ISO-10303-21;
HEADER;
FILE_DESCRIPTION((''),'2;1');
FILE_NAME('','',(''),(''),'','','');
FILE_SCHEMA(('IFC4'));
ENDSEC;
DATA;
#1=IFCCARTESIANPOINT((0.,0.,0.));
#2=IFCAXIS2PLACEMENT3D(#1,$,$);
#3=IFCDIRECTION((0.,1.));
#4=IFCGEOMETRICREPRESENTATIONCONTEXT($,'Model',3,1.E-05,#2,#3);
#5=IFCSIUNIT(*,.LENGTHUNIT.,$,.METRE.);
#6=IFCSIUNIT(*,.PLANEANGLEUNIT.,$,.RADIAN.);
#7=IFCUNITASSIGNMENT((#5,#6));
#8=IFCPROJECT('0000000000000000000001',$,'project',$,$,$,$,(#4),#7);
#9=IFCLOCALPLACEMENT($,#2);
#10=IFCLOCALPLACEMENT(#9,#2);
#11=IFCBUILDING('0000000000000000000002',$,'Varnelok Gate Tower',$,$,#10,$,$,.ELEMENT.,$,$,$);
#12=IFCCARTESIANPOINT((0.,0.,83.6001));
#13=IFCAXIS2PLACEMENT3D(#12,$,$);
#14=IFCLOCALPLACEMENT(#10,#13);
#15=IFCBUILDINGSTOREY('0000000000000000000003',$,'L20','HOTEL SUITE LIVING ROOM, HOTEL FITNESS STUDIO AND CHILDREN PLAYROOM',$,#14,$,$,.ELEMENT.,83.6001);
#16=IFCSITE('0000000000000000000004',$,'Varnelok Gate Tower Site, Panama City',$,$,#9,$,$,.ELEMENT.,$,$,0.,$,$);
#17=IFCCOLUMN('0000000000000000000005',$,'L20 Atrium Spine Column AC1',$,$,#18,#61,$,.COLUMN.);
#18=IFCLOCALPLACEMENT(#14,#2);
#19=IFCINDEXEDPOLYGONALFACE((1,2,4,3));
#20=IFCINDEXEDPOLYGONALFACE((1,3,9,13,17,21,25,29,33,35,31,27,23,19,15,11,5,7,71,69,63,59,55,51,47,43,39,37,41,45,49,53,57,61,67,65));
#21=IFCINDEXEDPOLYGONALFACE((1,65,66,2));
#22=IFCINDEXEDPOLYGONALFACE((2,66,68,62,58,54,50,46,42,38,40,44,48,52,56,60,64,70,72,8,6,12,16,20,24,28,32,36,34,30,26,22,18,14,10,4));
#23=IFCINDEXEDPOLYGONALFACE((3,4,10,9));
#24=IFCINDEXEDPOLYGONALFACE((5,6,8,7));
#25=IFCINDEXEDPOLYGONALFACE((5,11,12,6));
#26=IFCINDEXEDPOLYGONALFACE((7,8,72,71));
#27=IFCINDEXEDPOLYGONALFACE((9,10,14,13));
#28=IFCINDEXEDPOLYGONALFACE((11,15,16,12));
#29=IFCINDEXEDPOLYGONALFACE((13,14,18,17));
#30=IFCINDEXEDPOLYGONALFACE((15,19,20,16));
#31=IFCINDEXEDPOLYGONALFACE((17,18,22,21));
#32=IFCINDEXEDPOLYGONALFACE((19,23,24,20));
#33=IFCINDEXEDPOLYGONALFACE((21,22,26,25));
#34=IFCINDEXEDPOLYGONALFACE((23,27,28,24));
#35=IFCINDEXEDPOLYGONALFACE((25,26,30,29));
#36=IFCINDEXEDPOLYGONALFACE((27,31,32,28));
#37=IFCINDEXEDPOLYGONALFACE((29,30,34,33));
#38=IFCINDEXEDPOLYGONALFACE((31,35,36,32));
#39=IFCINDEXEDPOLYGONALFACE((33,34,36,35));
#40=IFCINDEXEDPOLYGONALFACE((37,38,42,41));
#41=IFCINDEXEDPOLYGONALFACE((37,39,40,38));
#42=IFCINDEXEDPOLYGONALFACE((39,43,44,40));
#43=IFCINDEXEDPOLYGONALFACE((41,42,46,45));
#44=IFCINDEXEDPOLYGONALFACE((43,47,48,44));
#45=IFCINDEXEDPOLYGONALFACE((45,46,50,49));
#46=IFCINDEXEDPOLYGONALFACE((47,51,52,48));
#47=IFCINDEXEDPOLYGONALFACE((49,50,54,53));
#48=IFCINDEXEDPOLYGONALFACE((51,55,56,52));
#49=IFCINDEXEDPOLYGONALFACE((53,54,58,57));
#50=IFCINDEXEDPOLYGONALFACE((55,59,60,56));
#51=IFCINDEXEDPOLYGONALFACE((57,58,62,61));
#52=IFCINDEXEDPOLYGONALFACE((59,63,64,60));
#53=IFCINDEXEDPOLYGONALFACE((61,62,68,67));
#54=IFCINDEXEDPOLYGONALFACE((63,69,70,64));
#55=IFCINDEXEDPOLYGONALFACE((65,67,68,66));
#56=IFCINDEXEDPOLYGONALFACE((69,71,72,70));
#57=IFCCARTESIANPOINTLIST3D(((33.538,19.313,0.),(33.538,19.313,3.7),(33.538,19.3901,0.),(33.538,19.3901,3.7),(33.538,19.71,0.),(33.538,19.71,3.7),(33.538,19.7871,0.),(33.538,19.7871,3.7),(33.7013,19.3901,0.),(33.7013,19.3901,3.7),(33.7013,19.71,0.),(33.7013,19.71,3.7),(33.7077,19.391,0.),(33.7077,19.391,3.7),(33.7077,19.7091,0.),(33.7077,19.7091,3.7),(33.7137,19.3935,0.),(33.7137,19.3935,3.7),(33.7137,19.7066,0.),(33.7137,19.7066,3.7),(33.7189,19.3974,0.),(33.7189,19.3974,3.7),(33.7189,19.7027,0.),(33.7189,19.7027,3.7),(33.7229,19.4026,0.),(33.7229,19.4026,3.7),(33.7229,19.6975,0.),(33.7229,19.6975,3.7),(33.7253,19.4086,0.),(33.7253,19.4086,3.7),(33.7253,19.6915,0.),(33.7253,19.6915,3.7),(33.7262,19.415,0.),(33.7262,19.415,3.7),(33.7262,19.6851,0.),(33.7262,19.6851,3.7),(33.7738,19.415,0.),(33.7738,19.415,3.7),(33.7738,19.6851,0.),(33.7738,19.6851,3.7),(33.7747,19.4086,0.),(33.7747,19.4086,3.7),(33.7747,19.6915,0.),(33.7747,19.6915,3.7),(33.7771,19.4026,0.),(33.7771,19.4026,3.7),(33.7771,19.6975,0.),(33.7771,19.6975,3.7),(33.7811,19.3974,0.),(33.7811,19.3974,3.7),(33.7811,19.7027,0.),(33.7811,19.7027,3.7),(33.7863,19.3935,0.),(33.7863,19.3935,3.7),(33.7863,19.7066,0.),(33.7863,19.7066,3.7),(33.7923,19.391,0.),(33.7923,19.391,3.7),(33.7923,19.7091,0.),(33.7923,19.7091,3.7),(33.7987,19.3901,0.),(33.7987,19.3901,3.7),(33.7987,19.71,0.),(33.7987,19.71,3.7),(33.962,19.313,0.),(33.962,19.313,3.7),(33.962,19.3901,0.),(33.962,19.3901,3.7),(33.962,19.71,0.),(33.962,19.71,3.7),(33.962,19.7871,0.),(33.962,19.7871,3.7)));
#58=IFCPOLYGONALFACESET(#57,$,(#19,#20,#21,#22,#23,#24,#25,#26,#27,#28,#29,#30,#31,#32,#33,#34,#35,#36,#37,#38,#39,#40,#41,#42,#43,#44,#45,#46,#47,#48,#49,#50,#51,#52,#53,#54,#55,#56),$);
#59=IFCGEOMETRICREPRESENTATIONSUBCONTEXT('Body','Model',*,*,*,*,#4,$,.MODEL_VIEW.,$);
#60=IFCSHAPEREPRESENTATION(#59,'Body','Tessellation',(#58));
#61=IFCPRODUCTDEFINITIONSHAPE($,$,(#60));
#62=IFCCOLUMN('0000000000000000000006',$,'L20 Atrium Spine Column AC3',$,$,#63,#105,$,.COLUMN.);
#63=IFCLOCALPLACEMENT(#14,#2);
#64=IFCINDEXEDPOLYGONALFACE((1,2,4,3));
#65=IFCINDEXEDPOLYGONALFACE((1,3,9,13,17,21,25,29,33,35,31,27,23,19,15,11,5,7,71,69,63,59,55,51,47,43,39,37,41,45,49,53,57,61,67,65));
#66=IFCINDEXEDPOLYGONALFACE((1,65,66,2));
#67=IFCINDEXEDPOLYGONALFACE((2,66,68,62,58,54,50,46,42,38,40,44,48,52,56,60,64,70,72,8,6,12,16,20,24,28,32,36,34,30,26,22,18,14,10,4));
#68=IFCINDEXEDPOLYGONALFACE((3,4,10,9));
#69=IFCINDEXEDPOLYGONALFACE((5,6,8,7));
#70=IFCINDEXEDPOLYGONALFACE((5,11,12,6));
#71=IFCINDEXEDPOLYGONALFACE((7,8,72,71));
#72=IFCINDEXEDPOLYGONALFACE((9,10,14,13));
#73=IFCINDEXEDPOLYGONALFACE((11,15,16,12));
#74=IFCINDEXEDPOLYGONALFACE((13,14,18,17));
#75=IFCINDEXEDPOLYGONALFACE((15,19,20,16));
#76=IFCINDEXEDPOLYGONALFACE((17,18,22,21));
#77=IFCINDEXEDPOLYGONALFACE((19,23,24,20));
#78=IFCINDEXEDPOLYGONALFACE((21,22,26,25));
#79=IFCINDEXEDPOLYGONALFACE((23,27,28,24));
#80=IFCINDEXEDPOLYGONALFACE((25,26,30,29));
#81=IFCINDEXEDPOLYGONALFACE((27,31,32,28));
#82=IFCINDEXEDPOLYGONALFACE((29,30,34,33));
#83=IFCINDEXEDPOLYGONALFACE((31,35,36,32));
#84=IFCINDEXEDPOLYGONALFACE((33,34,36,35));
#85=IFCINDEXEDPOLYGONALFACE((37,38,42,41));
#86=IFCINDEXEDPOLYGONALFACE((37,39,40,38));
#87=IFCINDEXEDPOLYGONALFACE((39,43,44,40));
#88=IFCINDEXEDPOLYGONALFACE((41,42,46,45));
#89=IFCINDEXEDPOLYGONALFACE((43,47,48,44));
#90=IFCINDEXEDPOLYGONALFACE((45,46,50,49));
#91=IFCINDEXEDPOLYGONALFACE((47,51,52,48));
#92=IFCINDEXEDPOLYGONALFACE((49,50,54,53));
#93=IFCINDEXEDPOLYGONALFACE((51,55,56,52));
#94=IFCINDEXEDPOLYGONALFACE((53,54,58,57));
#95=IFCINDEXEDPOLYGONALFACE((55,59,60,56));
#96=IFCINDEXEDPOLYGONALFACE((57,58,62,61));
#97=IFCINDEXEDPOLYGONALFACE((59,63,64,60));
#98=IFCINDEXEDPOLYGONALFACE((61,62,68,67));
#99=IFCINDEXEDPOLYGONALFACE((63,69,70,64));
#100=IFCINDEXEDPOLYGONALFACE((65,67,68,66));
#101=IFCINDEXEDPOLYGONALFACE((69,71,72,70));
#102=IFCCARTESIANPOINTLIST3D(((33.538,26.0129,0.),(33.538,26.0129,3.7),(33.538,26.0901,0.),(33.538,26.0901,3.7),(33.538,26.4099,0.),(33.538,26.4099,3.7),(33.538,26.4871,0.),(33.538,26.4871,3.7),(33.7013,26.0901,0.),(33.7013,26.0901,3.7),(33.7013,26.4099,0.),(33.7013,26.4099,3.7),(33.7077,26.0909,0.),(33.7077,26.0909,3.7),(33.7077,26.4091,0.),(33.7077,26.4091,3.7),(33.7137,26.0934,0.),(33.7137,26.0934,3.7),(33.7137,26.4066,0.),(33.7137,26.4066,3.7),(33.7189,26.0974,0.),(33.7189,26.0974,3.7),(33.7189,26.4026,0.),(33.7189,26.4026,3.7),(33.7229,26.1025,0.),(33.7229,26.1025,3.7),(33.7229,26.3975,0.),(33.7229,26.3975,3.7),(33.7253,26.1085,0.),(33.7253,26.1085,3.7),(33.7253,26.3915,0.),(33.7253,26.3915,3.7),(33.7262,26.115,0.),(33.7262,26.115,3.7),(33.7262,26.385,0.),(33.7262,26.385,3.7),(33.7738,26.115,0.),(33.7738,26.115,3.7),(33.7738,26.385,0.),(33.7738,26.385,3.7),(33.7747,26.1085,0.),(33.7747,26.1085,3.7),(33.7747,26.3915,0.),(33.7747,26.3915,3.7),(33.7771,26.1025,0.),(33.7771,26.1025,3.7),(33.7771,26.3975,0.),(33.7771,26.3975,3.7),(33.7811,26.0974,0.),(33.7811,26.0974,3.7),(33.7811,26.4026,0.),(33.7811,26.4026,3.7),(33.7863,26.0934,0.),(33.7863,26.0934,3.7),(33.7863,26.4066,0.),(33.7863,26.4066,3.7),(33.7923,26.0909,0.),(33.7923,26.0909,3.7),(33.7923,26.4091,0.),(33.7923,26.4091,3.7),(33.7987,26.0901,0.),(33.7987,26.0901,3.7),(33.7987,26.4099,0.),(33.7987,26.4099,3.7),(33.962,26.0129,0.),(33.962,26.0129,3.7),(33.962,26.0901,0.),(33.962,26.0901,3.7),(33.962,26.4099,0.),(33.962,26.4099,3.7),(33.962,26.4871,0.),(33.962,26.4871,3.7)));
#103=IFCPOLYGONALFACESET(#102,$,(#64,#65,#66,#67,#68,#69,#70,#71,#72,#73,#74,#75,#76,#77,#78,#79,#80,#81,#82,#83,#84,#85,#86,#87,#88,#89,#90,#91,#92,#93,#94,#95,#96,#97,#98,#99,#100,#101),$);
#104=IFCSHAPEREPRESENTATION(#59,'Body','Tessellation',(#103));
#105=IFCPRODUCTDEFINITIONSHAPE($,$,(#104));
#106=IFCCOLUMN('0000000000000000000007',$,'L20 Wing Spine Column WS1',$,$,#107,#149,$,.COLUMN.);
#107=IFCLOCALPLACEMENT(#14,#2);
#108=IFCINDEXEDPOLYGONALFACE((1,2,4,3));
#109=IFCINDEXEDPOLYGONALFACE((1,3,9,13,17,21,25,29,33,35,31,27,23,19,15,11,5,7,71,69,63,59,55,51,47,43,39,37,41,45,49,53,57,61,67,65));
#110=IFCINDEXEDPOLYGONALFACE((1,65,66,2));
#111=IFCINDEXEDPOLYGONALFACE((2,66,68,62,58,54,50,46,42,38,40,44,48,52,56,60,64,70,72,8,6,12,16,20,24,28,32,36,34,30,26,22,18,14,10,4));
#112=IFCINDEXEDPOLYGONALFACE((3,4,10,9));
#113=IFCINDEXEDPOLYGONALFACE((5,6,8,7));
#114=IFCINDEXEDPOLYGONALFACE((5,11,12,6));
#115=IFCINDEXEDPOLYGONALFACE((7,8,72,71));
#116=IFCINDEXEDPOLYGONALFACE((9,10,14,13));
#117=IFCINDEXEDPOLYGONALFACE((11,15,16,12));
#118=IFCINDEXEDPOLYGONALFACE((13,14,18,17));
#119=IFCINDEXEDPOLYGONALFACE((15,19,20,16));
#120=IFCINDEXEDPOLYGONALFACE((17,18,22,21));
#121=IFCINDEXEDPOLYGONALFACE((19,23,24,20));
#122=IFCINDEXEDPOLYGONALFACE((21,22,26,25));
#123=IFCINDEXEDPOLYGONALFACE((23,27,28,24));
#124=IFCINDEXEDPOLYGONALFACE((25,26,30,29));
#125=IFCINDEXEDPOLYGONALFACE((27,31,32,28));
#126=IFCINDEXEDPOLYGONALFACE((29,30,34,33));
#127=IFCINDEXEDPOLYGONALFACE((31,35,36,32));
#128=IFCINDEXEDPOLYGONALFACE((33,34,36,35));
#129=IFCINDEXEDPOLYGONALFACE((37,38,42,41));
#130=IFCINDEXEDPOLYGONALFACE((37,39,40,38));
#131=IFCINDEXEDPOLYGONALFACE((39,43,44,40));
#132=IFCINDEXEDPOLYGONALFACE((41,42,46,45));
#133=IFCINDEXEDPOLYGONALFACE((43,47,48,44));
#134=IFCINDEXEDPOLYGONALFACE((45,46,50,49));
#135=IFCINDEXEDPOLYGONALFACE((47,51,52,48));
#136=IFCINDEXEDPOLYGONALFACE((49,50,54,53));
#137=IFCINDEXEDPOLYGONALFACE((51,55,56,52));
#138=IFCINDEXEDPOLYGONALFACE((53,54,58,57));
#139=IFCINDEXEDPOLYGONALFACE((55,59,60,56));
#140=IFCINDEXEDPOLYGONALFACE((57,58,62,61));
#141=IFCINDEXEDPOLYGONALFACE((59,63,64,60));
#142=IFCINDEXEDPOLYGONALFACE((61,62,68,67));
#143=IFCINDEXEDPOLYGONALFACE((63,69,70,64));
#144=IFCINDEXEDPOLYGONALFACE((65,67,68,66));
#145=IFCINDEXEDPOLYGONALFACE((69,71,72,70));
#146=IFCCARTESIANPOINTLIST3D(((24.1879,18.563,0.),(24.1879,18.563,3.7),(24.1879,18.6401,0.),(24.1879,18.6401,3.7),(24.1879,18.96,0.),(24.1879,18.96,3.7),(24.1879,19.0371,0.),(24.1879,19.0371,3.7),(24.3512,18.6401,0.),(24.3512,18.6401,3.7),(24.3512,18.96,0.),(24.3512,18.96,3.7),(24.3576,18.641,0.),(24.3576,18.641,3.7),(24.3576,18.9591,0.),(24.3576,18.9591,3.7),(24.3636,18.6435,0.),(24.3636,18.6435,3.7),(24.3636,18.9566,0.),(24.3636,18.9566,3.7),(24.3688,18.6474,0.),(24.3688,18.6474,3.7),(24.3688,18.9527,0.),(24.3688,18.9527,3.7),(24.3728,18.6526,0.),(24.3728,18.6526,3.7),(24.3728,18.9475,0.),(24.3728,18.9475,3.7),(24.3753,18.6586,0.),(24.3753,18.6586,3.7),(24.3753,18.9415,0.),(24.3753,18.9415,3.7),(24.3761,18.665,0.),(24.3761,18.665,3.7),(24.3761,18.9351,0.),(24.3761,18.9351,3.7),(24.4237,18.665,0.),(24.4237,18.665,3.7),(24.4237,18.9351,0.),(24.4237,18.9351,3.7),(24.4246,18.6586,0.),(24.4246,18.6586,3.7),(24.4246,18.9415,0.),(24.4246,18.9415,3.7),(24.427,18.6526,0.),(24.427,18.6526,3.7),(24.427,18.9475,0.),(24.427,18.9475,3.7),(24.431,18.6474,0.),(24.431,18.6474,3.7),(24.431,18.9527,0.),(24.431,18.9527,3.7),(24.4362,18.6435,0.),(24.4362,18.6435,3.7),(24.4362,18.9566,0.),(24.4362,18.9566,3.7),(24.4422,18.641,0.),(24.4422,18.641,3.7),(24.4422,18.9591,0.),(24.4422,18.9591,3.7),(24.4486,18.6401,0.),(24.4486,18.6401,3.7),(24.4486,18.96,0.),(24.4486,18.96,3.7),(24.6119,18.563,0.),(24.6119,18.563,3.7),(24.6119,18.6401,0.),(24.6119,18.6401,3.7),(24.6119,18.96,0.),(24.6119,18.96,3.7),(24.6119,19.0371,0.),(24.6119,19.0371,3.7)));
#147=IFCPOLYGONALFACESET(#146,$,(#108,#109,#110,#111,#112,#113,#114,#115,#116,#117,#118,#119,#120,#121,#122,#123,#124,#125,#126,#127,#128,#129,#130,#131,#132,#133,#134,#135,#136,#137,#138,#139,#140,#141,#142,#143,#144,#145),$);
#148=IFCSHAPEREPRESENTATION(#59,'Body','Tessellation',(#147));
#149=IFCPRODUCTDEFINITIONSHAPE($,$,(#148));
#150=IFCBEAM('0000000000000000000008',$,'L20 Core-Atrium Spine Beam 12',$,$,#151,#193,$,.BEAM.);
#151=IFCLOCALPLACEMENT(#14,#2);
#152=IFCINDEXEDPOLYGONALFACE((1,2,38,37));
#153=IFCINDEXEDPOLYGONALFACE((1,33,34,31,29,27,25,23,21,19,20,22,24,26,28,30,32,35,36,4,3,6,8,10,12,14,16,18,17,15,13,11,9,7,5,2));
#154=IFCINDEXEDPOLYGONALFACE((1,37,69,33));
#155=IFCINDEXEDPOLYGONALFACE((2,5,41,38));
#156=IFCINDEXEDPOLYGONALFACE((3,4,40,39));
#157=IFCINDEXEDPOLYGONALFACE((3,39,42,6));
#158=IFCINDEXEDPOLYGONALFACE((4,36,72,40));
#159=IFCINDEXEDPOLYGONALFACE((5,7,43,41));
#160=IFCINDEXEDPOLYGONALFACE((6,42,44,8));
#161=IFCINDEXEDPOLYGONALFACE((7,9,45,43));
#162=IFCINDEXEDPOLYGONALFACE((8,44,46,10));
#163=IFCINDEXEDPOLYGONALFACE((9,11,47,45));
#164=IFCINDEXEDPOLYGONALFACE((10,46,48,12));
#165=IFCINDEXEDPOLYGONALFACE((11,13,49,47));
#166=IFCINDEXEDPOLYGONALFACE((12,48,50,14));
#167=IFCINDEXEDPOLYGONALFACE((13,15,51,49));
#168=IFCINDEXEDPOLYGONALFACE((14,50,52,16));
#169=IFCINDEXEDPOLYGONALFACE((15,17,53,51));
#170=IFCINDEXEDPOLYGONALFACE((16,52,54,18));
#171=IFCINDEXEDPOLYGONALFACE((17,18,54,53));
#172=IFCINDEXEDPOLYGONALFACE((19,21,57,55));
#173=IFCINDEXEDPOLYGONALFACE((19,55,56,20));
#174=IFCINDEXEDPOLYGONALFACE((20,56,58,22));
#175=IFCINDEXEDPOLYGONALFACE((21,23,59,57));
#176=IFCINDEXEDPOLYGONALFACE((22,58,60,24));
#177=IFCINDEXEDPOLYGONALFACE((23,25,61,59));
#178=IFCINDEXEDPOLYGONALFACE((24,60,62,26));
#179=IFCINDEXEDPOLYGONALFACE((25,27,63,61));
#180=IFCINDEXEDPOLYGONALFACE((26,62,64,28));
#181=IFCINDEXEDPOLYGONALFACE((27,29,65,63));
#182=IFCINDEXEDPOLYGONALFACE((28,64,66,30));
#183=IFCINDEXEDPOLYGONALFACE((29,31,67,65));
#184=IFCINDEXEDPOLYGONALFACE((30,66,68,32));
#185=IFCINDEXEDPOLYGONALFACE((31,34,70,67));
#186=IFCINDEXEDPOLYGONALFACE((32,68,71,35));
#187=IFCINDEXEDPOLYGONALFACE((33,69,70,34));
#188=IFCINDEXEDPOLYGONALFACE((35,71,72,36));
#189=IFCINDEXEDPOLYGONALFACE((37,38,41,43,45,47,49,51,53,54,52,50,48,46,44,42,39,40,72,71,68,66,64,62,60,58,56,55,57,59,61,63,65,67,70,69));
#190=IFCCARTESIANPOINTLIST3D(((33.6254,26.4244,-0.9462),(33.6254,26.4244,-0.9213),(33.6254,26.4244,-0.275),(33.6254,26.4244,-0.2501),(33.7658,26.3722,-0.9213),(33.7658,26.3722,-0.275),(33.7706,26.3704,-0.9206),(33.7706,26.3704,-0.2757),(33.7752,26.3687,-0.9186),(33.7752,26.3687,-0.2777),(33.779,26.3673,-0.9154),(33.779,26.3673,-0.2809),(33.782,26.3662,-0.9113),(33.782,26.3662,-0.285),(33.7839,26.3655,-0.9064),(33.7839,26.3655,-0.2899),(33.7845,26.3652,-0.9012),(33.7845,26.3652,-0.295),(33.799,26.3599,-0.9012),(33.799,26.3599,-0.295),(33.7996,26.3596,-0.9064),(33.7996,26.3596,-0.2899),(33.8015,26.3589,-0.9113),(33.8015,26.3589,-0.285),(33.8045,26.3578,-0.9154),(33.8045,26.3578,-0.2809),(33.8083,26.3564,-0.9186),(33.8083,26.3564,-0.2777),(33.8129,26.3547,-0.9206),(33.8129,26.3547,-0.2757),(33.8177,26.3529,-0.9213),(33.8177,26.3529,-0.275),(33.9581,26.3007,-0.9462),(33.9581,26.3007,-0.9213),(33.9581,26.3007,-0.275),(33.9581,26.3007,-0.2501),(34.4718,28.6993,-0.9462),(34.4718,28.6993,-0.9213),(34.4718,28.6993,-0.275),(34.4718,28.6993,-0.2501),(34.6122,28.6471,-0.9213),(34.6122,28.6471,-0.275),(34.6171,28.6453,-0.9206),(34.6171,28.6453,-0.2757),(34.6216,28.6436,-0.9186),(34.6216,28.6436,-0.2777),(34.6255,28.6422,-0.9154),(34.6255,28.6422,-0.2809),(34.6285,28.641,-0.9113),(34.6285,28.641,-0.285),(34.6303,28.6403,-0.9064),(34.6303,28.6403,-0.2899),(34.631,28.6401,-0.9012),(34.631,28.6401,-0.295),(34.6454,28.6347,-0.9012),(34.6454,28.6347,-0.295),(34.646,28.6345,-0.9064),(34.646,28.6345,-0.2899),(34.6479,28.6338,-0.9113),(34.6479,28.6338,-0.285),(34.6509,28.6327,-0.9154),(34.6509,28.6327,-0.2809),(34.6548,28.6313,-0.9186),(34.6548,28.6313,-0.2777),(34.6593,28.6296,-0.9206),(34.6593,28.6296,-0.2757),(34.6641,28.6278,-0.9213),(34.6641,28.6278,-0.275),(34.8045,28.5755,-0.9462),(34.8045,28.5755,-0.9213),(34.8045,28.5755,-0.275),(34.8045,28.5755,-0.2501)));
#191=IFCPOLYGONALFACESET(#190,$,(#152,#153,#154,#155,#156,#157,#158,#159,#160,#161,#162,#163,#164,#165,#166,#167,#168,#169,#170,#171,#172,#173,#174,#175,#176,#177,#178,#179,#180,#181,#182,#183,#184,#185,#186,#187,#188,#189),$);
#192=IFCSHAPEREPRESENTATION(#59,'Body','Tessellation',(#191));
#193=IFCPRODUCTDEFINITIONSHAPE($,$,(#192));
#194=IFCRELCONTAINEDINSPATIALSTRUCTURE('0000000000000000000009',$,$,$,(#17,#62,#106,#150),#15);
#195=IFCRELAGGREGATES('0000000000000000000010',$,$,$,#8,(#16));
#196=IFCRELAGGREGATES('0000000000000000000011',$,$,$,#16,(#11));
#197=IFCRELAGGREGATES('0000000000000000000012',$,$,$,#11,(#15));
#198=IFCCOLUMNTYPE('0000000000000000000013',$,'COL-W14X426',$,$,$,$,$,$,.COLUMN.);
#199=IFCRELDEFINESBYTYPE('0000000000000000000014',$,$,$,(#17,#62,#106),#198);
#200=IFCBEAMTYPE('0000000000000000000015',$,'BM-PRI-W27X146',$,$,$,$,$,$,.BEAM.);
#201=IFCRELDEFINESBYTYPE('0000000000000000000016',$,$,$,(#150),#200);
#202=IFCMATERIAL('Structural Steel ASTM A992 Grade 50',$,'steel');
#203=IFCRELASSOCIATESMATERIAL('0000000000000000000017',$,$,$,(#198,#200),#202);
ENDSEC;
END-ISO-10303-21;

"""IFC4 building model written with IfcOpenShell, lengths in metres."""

from ifc_helpers import new_model, si_unit, direction, frame, origin, origin_2d, place, context, subcontext, project, spatial, i_section, extrude, material, material_profile, profile_set, type_object, element, save


model = new_model("IFC4")

# Units and contexts
model_context = context("Model", 3, precision=1e-05, world=origin(), true_north=direction((0.0, 1.0)))
body_context = subcontext(model_context, "Body", "Model", "MODEL_VIEW")
ifc_project = project(units=[si_unit("LENGTHUNIT", "METRE"), si_unit("PLANEANGLEUNIT", "RADIAN")], contexts=[model_context])

# Site, building, storey
site_placement = place(None, origin())
site = spatial("IfcSite", under=ifc_project, at=site_placement, Name="Varnelok Gate Tower Site, Panama City", CompositionType="ELEMENT", RefElevation=0.0)
building_placement = place(site_placement, origin())
building = spatial("IfcBuilding", under=site, at=building_placement, Name="Varnelok Gate Tower", CompositionType="ELEMENT")
storey_placement = place(building_placement, frame((0.0, 0.0, 83.6001)))
storey = spatial("IfcBuildingStorey", under=building, at=storey_placement, Name="L20", Description="HOTEL SUITE LIVING ROOM, HOTEL FITNESS STUDIO AND CHILDREN PLAYROOM", CompositionType="ELEMENT", Elevation=83.6001)

# Columns
ifc_material_1 = material(Name="Structural Steel ASTM A992 Grade 50", Category="steel")
ifc_material_profile_1 = material_profile(ifc_material_1, i_section(OverallWidth=0.4241, OverallDepth=0.4741, WebThickness=0.0476, FlangeThickness=0.0771, FilletRadius=0.0249, at=origin_2d()), Name="W14X426")
ifc_profile_set_1 = profile_set([ifc_material_profile_1], Name="Structural Steel ASTM A992 Grade 50")
column_type = type_object("IfcColumnType", Name="COL-W14X426", PredefinedType="COLUMN", material=ifc_profile_set_1)
for number, where, z_axis, x_axis, name in (
    (1, (33.75, 19.55, 0.0), (0.0, 0.0, 1.0), (1.0, 0.0, 0.0), "L20 Atrium Spine Column AC1"),
    (2, (33.75, 26.25, 0.0), (0.0, 0.0, 1.0), (1.0, 0.0, 0.0), "L20 Atrium Spine Column AC3"),
    (3, (24.3999, 18.8, 0.0), (0.0, 0.0, 1.0), (1.0, 0.0, 0.0), "L20 Wing Spine Column WS1"),
):
    element("IfcColumn", number, at=place(storey_placement, frame(where, z_axis=z_axis, x_axis=x_axis)), inside=storey, type_object=column_type, Name=name, PredefinedType="COLUMN", context=body_context, shape_type="SweptSolid", body=[
        extrude(i_section(OverallWidth=0.4241, OverallDepth=0.4741, WebThickness=0.0476, FlangeThickness=0.0771, FilletRadius=0.0249, at=origin_2d()), origin(), (0.0, 0.0, 1.0), 3.7),
    ])

# Beam
ifc_material_profile_2 = material_profile(ifc_material_1, i_section(OverallWidth=0.355, OverallDepth=0.696, WebThickness=0.0154, FlangeThickness=0.0249, FilletRadius=0.02, at=origin_2d()), Name="W27X146")
ifc_profile_set_2 = profile_set([ifc_material_profile_2], Name="Structural Steel ASTM A992 Grade 50")
beam_type_1 = type_object("IfcBeamType", Name="BM-PRI-W27X146", PredefinedType="BEAM", material=ifc_profile_set_2)
beam_1_placement = place(storey_placement, frame((33.7917, 26.3625, -0.5981), z_axis=(0.348719, 0.937227, 0.0), x_axis=(-0.937227, 0.348719, 0.0)))
element("IfcBeam", 4, at=beam_1_placement, inside=storey, type_object=beam_type_1, Name="L20 Core-Atrium Spine Beam 12", PredefinedType="BEAM", context=body_context, shape_type="SweptSolid", body=[
    extrude(i_section(OverallWidth=0.355, OverallDepth=0.696, WebThickness=0.0154, FlangeThickness=0.0249, FilletRadius=0.02, at=origin_2d()), origin(), (0.0, 0.0, 1.0), 2.4272),
])

save(model, "model.ifc")
